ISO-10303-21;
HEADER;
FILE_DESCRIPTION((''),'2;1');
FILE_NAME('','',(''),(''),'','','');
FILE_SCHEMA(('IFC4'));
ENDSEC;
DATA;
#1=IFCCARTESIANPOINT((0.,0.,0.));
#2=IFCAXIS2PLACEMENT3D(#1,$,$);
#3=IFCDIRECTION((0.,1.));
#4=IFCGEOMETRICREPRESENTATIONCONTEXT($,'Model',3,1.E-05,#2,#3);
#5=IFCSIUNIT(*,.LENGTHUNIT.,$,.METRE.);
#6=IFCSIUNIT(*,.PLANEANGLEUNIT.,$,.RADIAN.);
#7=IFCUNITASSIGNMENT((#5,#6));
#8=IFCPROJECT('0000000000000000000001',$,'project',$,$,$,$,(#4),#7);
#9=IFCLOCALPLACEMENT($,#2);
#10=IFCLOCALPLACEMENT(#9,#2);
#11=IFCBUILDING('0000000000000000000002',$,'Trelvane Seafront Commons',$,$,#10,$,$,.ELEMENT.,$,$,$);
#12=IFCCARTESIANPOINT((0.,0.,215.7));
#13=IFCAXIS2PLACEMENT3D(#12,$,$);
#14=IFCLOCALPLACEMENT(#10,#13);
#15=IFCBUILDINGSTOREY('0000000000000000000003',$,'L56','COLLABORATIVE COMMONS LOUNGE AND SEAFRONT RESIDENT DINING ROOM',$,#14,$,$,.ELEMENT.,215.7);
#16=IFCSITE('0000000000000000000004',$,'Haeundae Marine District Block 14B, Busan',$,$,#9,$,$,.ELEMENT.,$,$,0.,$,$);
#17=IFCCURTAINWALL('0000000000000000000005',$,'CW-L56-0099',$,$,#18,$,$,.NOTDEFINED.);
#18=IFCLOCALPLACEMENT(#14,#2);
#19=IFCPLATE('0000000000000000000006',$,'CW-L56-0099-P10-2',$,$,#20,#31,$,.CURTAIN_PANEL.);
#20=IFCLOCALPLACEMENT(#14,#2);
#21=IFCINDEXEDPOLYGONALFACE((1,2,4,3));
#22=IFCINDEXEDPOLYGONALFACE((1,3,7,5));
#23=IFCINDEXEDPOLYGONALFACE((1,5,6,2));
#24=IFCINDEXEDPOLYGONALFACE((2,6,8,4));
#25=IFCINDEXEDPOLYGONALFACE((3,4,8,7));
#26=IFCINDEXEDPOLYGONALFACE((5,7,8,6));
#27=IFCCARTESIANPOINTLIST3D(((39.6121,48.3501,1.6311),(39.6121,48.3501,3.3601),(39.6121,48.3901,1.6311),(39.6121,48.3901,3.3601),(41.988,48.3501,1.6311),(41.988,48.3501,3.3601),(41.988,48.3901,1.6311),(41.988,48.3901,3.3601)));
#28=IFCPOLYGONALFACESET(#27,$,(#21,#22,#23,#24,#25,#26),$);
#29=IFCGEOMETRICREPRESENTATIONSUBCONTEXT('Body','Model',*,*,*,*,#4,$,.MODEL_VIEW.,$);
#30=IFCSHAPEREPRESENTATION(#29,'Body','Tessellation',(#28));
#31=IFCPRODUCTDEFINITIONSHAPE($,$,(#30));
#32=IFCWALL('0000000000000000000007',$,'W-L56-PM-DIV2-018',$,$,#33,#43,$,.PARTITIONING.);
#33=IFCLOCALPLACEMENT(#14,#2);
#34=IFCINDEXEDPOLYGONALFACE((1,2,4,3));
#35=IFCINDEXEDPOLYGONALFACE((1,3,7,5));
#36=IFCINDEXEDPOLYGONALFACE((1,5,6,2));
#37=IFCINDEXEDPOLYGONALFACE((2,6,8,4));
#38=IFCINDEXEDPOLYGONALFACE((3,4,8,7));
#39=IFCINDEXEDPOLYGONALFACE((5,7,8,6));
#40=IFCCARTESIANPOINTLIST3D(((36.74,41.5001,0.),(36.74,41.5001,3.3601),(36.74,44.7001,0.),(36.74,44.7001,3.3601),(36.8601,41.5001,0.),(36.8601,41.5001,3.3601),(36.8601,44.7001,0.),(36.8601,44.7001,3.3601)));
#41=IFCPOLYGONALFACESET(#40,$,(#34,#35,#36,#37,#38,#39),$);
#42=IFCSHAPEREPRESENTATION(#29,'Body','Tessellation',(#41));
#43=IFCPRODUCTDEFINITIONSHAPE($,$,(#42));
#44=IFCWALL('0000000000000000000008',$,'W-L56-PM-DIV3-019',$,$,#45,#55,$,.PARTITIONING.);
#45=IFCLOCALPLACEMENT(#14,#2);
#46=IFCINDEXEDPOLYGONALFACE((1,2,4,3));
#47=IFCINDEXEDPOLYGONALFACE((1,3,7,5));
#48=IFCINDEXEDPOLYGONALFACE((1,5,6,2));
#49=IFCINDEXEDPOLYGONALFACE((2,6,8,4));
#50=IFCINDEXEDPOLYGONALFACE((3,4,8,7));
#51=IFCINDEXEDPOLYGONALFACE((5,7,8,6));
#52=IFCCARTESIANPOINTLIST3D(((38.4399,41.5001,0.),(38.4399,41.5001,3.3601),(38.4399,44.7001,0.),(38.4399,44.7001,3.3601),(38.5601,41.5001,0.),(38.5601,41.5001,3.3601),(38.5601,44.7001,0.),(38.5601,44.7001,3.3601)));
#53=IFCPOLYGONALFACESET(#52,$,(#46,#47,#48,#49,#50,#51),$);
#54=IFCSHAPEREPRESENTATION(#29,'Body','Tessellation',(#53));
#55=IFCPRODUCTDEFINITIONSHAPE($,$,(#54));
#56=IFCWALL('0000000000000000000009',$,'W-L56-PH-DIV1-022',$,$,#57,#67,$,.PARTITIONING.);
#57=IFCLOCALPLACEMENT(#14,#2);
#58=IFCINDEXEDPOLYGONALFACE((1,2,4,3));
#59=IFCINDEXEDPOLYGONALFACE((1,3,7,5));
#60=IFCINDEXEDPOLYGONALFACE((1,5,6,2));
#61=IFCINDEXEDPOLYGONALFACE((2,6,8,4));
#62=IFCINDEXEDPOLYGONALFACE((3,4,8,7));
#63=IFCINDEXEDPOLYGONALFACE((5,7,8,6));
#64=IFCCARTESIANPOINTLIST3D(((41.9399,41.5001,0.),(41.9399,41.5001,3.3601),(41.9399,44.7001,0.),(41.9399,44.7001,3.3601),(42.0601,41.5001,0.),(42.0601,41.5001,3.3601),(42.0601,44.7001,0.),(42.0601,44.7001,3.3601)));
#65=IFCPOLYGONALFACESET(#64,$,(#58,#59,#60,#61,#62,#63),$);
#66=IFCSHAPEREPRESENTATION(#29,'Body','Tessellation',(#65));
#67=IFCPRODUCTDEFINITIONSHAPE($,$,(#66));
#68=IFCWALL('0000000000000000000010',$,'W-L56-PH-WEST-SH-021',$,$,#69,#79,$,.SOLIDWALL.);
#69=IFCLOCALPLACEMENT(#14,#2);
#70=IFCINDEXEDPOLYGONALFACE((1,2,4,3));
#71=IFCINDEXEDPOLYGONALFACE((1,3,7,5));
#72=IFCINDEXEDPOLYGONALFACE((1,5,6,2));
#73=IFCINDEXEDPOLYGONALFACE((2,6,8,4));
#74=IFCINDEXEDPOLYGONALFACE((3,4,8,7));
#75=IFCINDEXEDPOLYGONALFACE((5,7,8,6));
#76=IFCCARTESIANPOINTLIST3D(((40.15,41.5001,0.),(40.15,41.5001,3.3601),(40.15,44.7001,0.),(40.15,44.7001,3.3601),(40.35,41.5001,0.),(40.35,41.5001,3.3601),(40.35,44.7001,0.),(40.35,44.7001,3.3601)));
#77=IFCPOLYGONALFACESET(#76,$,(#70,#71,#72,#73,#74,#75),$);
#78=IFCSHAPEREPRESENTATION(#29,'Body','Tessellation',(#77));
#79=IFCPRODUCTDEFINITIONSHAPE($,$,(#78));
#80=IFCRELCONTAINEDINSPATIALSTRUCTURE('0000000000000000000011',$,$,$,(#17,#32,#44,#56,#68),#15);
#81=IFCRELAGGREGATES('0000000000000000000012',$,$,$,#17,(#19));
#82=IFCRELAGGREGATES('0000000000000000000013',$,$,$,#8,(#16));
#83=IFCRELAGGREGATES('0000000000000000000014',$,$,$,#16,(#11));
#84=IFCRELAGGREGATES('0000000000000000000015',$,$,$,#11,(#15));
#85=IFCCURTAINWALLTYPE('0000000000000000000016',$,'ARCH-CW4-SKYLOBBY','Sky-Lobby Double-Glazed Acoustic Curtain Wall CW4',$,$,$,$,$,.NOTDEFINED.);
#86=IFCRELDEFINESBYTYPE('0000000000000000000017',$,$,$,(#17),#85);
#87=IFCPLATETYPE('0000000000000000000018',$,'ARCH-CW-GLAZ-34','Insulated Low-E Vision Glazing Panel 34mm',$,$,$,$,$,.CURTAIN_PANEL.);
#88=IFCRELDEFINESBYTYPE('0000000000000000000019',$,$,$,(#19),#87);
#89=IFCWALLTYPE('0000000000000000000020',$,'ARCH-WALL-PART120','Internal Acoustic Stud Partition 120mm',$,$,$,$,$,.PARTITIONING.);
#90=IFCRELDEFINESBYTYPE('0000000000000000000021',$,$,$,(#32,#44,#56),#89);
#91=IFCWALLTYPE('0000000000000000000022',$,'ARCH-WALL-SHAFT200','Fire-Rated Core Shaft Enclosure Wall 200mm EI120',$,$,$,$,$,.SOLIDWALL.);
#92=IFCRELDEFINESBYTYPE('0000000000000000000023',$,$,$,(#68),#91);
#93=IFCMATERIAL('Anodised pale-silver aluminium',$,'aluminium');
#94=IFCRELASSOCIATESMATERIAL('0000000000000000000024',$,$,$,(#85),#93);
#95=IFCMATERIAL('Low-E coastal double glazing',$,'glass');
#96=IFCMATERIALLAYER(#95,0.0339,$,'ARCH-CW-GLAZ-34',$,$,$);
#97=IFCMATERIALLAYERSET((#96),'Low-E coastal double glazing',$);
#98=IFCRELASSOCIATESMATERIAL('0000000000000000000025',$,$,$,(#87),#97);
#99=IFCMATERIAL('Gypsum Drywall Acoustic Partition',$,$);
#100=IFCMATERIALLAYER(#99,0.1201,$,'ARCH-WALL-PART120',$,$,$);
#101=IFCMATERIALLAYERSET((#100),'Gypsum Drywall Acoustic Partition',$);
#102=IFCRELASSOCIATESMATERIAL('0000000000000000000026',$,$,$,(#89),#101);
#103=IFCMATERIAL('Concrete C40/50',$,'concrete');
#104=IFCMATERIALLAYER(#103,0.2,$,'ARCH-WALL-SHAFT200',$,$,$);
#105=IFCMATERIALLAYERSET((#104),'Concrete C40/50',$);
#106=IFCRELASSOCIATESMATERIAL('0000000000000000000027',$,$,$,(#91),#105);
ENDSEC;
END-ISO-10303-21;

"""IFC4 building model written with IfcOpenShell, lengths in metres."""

from ifc_helpers import new_model, si_unit, direction, frame, frame_2d, origin, origin_2d, place, context, subcontext, project, spatial, rectangle, extrude, source, transform, mapped, material, layer, layer_set, type_object, element, aggregate, save


model = new_model("IFC4")

# Units and contexts
model_context = context("Model", 3, precision=1e-05, world=origin(), true_north=direction((0.0, 1.0)))
body_context = subcontext(model_context, "Body", "Model", "MODEL_VIEW")
ifc_project = project(units=[si_unit("LENGTHUNIT", "METRE"), si_unit("PLANEANGLEUNIT", "RADIAN")], contexts=[model_context])

# Site, building, storey
site_placement = place(None, origin())
site = spatial("IfcSite", under=ifc_project, at=site_placement, Name="Haeundae Marine District Block 14B, Busan", CompositionType="ELEMENT", RefElevation=0.0)
building_placement = place(site_placement, origin())
building = spatial("IfcBuilding", under=site, at=building_placement, Name="Trelvane Seafront Commons", CompositionType="ELEMENT")
storey_placement = place(building_placement, frame((0.0, 0.0, 215.7)))
storey = spatial("IfcBuildingStorey", under=building, at=storey_placement, Name="L56", Description="COLLABORATIVE COMMONS LOUNGE AND SEAFRONT RESIDENT DINING ROOM", CompositionType="ELEMENT", Elevation=215.7)

# Curtain wall
ifc_material_1 = material(Name="Anodised pale-silver aluminium", Category="aluminium")
curtain_wall_type = type_object("IfcCurtainWallType", Name="ARCH-CW4-SKYLOBBY", Description="Sky-Lobby Double-Glazed Acoustic Curtain Wall CW4", PredefinedType="NOTDEFINED", material=ifc_material_1)
curtain_wall_placement = place(storey_placement, origin())
curtain_wall = element("IfcCurtainWall", 1, at=curtain_wall_placement, inside=storey, type_object=curtain_wall_type, Name="CW-L56-0099", PredefinedType="NOTDEFINED")

# Plate
ifc_material_2 = material(Name="Low-E coastal double glazing", Category="glass")
ifc_layer_1 = layer(ifc_material_2, 0.0339, Name="ARCH-CW-GLAZ-34")
ifc_layer_set_1 = layer_set([ifc_layer_1], Name="Low-E coastal double glazing")
plate_type_1 = type_object("IfcPlateType", Name="ARCH-CW-GLAZ-34", Description="Insulated Low-E Vision Glazing Panel 34mm", PredefinedType="CURTAIN_PANEL", material=ifc_layer_set_1)
shared_shape_1 = source(origin(), body_context, "Body", "SweptSolid", [
    extrude(rectangle(XDim=2.376, YDim=0.04, at=origin_2d()), origin(), (0.0, 0.0, 1.0), 1.729),
])
plate_1_placement = place(storey_placement, frame((40.8, 48.3701, 1.6311), z_axis=(0.0, 0.0, 1.0), x_axis=(1.0, 0.0, 0.0)))
plate_1 = element("IfcPlate", 2, at=plate_1_placement, type_object=plate_type_1, Name="CW-L56-0099-P10-2", PredefinedType="CURTAIN_PANEL", context=body_context, shape_type="MappedRepresentation", body=[
    mapped(shared_shape_1, transform((0.0, 0.0, 0.0), x_axis=(1.0, 0.0, 0.0), y_axis=(0.0, 1.0, 0.0), z_axis=(0.0, 0.0, 1.0), scale=1.0)),
])
aggregate(curtain_wall, [plate_1])

# Walls
ifc_material_3 = material(Name="Gypsum Drywall Acoustic Partition")
ifc_layer_2 = layer(ifc_material_3, 0.1201, Name="ARCH-WALL-PART120")
ifc_layer_set_2 = layer_set([ifc_layer_2], Name="Gypsum Drywall Acoustic Partition")
wall_type_1 = type_object("IfcWallType", Name="ARCH-WALL-PART120", Description="Internal Acoustic Stud Partition 120mm", PredefinedType="PARTITIONING", material=ifc_layer_set_2)
for number, where, z_axis, x_axis, name in (
    (3, (36.8, 41.5, 0.0), (0.0, 0.0, 1.0), (0.0, 1.0, 0.0), "W-L56-PM-DIV2-018"),
    (4, (38.5, 41.5, 0.0), (0.0, 0.0, 1.0), (0.0, 1.0, 0.0), "W-L56-PM-DIV3-019"),
    (5, (42.0, 41.5, 0.0), (0.0, 0.0, 1.0), (0.0, 1.0, 0.0), "W-L56-PH-DIV1-022"),
):
    element("IfcWall", number, at=place(storey_placement, frame(where, z_axis=z_axis, x_axis=x_axis)), inside=storey, type_object=wall_type_1, Name=name, PredefinedType="PARTITIONING", context=body_context, shape_type="SweptSolid", body=[
        extrude(rectangle(XDim=3.2, YDim=0.1201, at=frame_2d((1.6001, 0.0))), origin(), (0.0, 0.0, 1.0), 3.3601),
    ])

# Shared definitions
ifc_material_4 = material(Name="Concrete C40/50", Category="concrete")
ifc_layer_3 = layer(ifc_material_4, 0.2, Name="ARCH-WALL-SHAFT200")
ifc_layer_set_3 = layer_set([ifc_layer_3], Name="Concrete C40/50")
wall_type_2 = type_object("IfcWallType", Name="ARCH-WALL-SHAFT200", Description="Fire-Rated Core Shaft Enclosure Wall 200mm EI120", PredefinedType="SOLIDWALL", material=ifc_layer_set_3)

# Wall
wall_1_placement = place(storey_placement, frame((40.25, 41.5, 0.0), z_axis=(0.0, 0.0, 1.0), x_axis=(0.0, 1.0, 0.0)))
element("IfcWall", 6, at=wall_1_placement, inside=storey, type_object=wall_type_2, Name="W-L56-PH-WEST-SH-021", PredefinedType="SOLIDWALL", context=body_context, shape_type="SweptSolid", body=[
    extrude(rectangle(XDim=3.2, YDim=0.2, at=frame_2d((1.6001, 0.0))), origin(), (0.0, 0.0, 1.0), 3.3601),
])

save(model, "model.ifc")
